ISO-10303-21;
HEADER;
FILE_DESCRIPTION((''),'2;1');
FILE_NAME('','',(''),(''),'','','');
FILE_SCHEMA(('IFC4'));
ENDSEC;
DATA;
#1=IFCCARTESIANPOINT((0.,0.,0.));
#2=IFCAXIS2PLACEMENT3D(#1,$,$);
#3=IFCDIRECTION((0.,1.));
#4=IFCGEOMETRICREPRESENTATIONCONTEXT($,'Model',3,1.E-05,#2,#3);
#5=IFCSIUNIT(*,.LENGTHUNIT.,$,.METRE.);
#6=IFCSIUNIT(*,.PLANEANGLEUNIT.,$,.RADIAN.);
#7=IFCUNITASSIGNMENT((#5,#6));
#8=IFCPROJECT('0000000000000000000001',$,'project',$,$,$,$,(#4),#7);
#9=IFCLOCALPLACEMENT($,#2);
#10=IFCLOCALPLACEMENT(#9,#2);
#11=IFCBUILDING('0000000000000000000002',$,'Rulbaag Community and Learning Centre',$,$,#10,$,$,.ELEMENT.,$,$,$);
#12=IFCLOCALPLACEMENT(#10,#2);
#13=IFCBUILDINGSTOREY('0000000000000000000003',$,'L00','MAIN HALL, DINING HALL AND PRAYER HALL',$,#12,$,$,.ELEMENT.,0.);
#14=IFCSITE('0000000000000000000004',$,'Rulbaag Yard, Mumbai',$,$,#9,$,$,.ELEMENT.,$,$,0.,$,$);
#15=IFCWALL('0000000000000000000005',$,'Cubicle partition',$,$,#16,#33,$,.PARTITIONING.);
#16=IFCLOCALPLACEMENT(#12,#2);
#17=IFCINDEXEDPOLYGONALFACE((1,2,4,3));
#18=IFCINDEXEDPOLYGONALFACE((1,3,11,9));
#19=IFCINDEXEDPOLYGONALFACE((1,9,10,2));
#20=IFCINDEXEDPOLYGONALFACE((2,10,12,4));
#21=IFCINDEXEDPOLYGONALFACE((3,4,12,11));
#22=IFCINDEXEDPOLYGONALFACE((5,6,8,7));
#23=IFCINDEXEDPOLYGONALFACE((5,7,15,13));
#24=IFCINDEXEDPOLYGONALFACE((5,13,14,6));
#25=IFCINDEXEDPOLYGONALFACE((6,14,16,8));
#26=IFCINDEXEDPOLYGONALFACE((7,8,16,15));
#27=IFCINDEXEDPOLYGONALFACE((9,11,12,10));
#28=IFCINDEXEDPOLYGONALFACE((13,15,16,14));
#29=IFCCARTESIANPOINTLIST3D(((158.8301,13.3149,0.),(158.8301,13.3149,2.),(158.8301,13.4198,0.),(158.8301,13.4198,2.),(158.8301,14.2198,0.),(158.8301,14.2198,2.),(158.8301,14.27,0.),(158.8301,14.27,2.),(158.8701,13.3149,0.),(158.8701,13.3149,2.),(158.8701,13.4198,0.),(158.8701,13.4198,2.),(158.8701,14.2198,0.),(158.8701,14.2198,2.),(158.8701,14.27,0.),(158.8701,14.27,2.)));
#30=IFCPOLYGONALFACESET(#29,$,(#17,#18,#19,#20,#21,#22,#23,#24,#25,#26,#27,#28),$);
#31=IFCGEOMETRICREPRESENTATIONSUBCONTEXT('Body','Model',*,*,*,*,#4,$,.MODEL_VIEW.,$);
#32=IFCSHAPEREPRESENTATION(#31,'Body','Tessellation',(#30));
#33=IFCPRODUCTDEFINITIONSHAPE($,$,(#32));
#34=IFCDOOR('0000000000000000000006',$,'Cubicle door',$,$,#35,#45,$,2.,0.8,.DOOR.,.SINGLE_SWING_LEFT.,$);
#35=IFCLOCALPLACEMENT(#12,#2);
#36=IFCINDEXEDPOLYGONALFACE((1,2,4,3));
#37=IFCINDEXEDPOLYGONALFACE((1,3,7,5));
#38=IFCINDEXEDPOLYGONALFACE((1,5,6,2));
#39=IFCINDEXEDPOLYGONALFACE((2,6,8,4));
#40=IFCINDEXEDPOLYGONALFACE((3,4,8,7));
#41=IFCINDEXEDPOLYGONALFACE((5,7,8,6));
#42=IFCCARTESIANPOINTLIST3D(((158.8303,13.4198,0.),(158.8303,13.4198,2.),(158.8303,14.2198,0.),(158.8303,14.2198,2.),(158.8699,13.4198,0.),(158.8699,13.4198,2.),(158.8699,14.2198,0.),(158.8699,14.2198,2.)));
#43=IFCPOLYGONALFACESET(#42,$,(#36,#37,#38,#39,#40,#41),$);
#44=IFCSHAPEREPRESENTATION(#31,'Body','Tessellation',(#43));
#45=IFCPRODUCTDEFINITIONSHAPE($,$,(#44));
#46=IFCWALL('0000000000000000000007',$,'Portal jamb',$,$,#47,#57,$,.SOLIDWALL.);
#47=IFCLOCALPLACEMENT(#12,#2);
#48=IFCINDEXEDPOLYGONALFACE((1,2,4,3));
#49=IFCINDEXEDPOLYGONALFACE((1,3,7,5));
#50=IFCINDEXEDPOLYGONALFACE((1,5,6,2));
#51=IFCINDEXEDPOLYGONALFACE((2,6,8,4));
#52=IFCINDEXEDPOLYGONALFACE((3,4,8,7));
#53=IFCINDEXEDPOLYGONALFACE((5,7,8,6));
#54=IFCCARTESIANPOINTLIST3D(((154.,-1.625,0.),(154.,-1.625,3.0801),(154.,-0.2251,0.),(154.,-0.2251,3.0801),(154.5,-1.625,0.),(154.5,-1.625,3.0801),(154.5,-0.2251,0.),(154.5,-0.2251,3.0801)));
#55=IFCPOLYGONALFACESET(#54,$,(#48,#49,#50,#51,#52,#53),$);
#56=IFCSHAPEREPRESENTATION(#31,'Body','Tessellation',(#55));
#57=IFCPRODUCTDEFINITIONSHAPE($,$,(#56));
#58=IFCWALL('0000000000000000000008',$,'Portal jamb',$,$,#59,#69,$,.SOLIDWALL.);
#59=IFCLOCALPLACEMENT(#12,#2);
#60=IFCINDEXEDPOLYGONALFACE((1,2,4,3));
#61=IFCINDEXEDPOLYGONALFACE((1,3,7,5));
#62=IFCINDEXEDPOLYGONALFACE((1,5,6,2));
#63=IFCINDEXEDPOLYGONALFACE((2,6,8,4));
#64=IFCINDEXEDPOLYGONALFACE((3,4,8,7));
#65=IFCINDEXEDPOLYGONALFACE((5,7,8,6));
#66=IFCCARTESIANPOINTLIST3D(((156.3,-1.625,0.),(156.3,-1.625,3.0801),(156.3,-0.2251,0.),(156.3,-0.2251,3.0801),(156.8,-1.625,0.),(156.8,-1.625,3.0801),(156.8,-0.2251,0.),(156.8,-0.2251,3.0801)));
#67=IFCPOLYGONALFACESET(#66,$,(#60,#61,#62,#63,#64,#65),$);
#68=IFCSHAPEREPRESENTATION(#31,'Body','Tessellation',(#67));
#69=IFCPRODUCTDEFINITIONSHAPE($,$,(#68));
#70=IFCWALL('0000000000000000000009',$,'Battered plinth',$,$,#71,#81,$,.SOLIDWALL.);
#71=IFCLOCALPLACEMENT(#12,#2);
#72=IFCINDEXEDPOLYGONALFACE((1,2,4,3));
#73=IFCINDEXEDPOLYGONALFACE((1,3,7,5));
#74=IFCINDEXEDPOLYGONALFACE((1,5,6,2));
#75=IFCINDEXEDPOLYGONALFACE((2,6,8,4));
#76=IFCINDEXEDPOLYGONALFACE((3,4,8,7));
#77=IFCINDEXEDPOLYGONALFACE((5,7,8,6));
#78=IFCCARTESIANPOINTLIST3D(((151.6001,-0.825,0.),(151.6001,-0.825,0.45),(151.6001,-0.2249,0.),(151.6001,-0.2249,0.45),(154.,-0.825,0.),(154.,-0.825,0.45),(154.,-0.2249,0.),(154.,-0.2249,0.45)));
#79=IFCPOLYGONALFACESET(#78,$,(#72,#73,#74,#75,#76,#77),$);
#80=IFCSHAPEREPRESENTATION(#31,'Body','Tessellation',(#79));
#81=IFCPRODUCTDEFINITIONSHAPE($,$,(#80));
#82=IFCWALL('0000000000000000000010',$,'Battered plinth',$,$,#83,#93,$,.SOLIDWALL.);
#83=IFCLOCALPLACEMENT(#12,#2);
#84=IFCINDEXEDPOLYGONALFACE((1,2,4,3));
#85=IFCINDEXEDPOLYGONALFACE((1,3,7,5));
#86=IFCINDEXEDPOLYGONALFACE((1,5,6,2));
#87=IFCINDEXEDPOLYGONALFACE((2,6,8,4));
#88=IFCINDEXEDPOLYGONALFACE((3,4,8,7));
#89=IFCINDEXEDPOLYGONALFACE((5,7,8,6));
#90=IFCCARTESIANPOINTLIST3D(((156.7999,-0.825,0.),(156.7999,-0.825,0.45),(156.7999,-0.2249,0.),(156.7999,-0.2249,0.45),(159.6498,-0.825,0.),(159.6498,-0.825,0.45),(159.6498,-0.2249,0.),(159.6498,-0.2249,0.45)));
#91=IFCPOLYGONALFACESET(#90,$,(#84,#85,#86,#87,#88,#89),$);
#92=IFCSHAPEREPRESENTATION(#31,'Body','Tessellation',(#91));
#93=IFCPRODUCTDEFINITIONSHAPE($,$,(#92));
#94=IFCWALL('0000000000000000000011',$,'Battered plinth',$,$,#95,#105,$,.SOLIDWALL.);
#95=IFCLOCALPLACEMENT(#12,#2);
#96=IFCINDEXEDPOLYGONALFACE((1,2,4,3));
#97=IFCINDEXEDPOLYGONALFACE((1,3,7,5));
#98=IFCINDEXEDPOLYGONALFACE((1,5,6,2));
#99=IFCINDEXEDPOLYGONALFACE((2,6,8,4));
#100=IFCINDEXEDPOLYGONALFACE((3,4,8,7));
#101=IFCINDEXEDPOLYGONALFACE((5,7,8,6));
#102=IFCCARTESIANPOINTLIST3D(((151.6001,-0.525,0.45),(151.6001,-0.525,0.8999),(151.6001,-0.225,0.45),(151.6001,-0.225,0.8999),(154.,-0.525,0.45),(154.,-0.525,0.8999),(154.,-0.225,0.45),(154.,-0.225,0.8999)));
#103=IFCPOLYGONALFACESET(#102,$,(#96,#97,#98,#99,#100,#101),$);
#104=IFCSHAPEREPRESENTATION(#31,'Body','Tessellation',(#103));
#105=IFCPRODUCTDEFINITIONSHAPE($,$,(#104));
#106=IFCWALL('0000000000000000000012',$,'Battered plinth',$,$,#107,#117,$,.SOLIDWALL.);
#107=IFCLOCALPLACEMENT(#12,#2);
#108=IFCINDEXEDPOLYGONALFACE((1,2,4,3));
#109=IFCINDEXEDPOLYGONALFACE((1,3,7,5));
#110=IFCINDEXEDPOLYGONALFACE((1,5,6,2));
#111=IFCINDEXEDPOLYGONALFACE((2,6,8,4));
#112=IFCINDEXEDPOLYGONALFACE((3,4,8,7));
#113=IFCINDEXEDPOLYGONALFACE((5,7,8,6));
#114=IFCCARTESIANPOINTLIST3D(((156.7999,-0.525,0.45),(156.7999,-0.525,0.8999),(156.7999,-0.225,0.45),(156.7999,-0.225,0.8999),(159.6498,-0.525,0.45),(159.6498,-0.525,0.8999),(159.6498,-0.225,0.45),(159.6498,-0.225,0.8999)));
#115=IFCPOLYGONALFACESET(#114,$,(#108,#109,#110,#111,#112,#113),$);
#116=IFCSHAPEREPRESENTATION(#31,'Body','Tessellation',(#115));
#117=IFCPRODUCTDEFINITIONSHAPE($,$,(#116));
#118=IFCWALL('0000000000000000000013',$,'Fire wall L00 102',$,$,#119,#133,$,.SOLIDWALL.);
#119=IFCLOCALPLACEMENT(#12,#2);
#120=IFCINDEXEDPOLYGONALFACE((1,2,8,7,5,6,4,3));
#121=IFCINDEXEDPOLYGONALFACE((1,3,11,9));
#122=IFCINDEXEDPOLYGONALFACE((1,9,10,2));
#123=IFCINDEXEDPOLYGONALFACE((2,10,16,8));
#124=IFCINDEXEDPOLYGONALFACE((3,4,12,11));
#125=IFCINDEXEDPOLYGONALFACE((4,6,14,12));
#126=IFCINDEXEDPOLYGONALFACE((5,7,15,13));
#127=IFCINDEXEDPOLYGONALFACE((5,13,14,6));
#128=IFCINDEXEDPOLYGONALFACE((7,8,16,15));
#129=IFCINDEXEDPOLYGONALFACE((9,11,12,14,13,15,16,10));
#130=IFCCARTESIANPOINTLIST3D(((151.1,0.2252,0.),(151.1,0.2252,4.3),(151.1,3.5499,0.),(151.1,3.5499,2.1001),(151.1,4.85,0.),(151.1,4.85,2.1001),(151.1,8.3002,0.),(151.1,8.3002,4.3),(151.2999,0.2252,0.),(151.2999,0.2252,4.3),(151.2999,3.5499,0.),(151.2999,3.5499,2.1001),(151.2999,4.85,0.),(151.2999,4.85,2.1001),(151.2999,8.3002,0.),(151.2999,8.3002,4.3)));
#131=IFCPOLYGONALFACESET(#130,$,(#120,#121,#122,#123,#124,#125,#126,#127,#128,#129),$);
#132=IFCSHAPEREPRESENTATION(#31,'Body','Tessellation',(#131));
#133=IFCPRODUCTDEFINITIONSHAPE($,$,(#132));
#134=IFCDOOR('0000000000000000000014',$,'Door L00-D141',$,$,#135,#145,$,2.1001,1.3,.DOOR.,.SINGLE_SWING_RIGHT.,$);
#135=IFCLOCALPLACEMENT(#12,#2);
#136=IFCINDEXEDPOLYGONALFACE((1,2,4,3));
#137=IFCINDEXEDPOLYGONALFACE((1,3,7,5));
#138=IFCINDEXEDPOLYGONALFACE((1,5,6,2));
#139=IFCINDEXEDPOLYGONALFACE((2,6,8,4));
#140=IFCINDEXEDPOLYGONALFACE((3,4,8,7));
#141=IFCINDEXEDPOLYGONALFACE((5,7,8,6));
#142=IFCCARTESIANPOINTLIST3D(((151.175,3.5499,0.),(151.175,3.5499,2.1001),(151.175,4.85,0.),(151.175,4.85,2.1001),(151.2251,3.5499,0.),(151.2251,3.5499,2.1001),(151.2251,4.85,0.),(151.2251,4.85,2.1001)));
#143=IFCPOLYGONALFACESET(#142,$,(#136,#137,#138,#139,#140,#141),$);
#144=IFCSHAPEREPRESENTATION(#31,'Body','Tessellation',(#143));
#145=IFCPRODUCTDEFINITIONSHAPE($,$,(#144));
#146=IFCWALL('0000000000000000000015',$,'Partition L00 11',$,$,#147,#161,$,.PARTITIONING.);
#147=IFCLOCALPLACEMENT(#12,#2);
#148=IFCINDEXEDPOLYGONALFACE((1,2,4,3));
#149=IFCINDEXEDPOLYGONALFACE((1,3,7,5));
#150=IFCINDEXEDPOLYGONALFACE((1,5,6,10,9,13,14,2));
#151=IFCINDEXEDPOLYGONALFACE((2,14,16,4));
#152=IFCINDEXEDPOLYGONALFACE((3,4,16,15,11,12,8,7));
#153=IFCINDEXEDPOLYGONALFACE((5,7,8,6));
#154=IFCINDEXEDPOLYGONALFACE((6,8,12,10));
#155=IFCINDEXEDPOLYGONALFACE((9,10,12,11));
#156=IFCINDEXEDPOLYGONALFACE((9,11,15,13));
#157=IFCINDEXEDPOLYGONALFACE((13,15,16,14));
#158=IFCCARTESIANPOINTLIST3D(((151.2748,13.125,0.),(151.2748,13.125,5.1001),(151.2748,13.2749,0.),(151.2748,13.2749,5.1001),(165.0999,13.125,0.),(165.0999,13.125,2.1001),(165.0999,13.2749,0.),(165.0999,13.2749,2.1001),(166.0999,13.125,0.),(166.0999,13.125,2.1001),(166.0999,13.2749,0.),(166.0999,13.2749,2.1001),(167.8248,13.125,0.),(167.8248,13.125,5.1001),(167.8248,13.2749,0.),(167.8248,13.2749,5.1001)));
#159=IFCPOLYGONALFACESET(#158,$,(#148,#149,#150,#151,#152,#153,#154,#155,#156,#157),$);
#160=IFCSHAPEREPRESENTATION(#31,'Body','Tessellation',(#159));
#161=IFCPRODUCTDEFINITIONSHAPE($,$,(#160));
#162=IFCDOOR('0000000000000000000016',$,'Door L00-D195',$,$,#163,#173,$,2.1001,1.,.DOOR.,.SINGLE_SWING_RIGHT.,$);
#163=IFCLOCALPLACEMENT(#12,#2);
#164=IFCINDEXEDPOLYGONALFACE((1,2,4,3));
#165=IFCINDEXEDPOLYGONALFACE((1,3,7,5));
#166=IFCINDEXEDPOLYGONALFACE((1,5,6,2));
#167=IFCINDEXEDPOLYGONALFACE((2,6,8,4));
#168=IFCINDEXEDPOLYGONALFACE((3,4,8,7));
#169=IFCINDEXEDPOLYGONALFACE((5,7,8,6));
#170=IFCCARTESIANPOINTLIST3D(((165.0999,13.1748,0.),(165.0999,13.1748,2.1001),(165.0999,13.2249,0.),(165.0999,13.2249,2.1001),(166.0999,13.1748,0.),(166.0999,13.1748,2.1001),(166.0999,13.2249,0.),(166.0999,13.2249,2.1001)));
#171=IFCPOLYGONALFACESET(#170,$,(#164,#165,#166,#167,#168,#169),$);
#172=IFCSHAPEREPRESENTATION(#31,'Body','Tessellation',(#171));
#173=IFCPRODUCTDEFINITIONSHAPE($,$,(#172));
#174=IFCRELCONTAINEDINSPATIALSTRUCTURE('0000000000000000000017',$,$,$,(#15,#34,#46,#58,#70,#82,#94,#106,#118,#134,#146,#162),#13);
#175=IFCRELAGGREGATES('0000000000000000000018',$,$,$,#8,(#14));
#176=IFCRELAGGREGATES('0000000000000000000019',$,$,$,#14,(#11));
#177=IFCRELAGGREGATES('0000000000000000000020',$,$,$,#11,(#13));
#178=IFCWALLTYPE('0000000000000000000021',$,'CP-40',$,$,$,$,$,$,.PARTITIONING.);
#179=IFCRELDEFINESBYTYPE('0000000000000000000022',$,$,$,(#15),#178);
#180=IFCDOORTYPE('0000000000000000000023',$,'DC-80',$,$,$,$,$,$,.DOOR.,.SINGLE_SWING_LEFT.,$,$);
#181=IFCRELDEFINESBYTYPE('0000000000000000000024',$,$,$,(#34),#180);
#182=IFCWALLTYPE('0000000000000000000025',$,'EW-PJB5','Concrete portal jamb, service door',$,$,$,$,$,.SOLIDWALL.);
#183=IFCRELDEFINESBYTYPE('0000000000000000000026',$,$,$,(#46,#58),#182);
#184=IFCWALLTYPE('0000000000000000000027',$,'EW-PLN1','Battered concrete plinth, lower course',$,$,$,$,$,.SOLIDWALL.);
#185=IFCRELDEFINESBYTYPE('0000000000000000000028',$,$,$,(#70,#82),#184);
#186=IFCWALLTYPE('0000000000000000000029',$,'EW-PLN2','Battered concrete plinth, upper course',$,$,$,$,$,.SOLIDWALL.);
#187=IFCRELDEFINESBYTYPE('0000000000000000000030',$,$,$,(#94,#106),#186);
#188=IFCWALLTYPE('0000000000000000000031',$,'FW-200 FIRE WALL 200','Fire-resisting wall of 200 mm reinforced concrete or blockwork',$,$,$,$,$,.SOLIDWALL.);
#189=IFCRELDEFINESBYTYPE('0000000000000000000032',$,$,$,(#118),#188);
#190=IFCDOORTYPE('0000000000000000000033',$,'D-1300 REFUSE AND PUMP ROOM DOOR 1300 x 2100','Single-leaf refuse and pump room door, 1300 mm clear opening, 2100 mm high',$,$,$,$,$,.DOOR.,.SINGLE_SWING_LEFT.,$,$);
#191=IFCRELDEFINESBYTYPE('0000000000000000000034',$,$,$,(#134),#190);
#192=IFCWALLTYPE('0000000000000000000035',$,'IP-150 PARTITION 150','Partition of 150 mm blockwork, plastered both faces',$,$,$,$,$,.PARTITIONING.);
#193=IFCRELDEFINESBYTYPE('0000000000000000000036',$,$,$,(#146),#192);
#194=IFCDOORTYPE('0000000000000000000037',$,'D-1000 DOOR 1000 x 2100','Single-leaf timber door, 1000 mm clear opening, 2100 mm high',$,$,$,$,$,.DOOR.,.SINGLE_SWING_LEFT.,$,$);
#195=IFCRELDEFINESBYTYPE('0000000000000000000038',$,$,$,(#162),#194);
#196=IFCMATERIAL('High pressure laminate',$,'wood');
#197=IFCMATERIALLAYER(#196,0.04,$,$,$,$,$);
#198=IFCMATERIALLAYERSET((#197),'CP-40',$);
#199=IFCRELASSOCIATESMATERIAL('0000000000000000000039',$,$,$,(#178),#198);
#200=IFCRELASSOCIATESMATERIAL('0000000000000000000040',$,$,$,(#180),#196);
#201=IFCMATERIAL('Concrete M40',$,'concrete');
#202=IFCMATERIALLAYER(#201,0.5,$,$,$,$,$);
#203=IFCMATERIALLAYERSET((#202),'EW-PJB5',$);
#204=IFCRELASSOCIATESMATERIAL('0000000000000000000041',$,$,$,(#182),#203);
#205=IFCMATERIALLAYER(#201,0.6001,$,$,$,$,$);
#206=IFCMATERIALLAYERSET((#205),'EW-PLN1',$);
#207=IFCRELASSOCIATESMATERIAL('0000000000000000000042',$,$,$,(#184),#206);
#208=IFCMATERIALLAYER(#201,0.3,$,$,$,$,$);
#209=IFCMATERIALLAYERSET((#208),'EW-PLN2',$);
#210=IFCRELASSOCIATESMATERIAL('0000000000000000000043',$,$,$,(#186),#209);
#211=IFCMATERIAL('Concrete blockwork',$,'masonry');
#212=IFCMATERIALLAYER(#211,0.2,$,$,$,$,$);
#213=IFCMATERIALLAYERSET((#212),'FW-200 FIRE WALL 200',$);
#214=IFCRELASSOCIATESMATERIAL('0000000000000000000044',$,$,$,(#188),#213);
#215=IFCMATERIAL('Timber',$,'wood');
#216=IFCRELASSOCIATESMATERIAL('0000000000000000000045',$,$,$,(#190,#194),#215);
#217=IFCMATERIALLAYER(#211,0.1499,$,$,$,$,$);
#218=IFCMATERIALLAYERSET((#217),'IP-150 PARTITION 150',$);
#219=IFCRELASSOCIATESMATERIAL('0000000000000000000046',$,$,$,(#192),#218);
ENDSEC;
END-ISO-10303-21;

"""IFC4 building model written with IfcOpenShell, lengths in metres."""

from ifc_helpers import new_model, si_unit, direction, frame, frame_2d, origin, place, context, subcontext, project, spatial, rectangle, extrude, material, layer, layer_set, type_object, element, fill, save


model = new_model("IFC4")

# Units and contexts
model_context = context("Model", 3, precision=1e-05, world=origin(), true_north=direction((0.0, 1.0)))
body_context = subcontext(model_context, "Body", "Model", "MODEL_VIEW")
ifc_project = project(units=[si_unit("LENGTHUNIT", "METRE"), si_unit("PLANEANGLEUNIT", "RADIAN")], contexts=[model_context])

# Site, building, storey
site_placement = place(None, origin())
site = spatial("IfcSite", under=ifc_project, at=site_placement, Name="Rulbaag Yard, Mumbai", CompositionType="ELEMENT", RefElevation=0.0)
building_placement = place(site_placement, origin())
building = spatial("IfcBuilding", under=site, at=building_placement, Name="Rulbaag Community and Learning Centre", CompositionType="ELEMENT")
storey_placement = place(building_placement, origin())
storey = spatial("IfcBuildingStorey", under=building, at=storey_placement, Name="L00", Description="MAIN HALL, DINING HALL AND PRAYER HALL", CompositionType="ELEMENT", Elevation=0.0)

# Shared definitions
ifc_material_1 = material(Name="Concrete M40", Category="concrete")

# Shared definitions
ifc_material_2 = material(Name="High pressure laminate", Category="wood")
ifc_layer_1 = layer(ifc_material_2, 0.04)
ifc_layer_set_1 = layer_set([ifc_layer_1], Name="CP-40")
wall_type_1 = type_object("IfcWallType", Name="CP-40", PredefinedType="PARTITIONING", material=ifc_layer_set_1)

# Shared definitions
door_type_1 = type_object("IfcDoorType", Name="DC-80", OperationType="SINGLE_SWING_LEFT", PredefinedType="DOOR", material=ifc_material_2)

# Wall, opening, door
wall_1_placement = place(storey_placement, frame((158.8501, 13.3149, 0.0), z_axis=(0.0, 0.0, 1.0), x_axis=(0.0, 1.0, 0.0)))
wall_1 = element("IfcWall", 1, at=wall_1_placement, inside=storey, type_object=wall_type_1, Name="Cubicle partition", PredefinedType="PARTITIONING", context=body_context, shape_type="SweptSolid", body=[
    extrude(rectangle(XDim=0.9551, YDim=0.04, at=frame_2d((0.4775, 0.0))), origin(), (0.0, 0.0, 1.0), 2.0),
])
opening_1_placement = place(wall_1_placement, frame((0.105, 0.0, 0.0)))
opening_1 = element("IfcOpeningElement", 2, at=opening_1_placement, cuts=wall_1, PredefinedType="OPENING", context=body_context, shape_type="SweptSolid", body=[
    extrude(rectangle(XDim=0.8, YDim=2.0, at=frame_2d((0.3999, 1.0))), frame((0.0, 0.03, 0.0), z_axis=(0.0, -1.0, 0.0), x_axis=(1.0, 0.0, 0.0)), (0.0, 0.0, 1.0), 0.0601),
])
door_1_placement = place(opening_1_placement, origin())
door_1 = element("IfcDoor", 3, at=door_1_placement, inside=storey, type_object=door_type_1, Name="Cubicle door", OperationType="SINGLE_SWING_LEFT", OverallHeight=2.0, OverallWidth=0.8, PredefinedType="DOOR", context=body_context, shape_type="SweptSolid", body=[
    extrude(rectangle(XDim=0.8, YDim=2.0, at=frame_2d((0.3999, 1.0))), frame((0.0, 0.0198, 0.0), z_axis=(0.0, -1.0, 0.0), x_axis=(1.0, 0.0, 0.0)), (0.0, 0.0, 1.0), 0.0396),
])
fill(opening_1, door_1)

# Walls
ifc_layer_2 = layer(ifc_material_1, 0.5)
ifc_layer_set_2 = layer_set([ifc_layer_2], Name="EW-PJB5")
wall_type_2 = type_object("IfcWallType", Name="EW-PJB5", Description="Concrete portal jamb, service door", PredefinedType="SOLIDWALL", material=ifc_layer_set_2)
for number, where, z_axis, x_axis, name in (
    (4, (154.25, -0.2251, 0.0), (0.0, 0.0, 1.0), (0.0, -1.0, 0.0), "Portal jamb"),
    (5, (156.55, -0.2251, 0.0), (0.0, 0.0, 1.0), (0.0, -1.0, 0.0), "Portal jamb"),
):
    element("IfcWall", number, at=place(storey_placement, frame(where, z_axis=z_axis, x_axis=x_axis)), inside=storey, type_object=wall_type_2, Name=name, PredefinedType="SOLIDWALL", context=body_context, shape_type="SweptSolid", body=[
        extrude(rectangle(XDim=1.3999, YDim=0.5, at=frame_2d((0.7, 0.0))), origin(), (0.0, 0.0, 1.0), 3.0801),
    ])
ifc_layer_3 = layer(ifc_material_1, 0.6001)
ifc_layer_set_3 = layer_set([ifc_layer_3], Name="EW-PLN1")
wall_type_3 = type_object("IfcWallType", Name="EW-PLN1", Description="Battered concrete plinth, lower course", PredefinedType="SOLIDWALL", material=ifc_layer_set_3)
wall_2_placement = place(storey_placement, frame((151.6001, -0.5249, 0.0), z_axis=(0.0, 0.0, 1.0), x_axis=(1.0, 0.0, 0.0)))
element("IfcWall", 6, at=wall_2_placement, inside=storey, type_object=wall_type_3, Name="Battered plinth", PredefinedType="SOLIDWALL", context=body_context, shape_type="SweptSolid", body=[
    extrude(rectangle(XDim=2.3999, YDim=0.6001, at=frame_2d((1.2, 0.0))), origin(), (0.0, 0.0, 1.0), 0.45),
])
wall_3_placement = place(storey_placement, frame((156.8, -0.5249, 0.0), z_axis=(0.0, 0.0, 1.0), x_axis=(1.0, 0.0, 0.0)))
element("IfcWall", 7, at=wall_3_placement, inside=storey, type_object=wall_type_3, Name="Battered plinth", PredefinedType="SOLIDWALL", context=body_context, shape_type="SweptSolid", body=[
    extrude(rectangle(XDim=2.8499, YDim=0.6001, at=frame_2d((1.4248, 0.0))), origin(), (0.0, 0.0, 1.0), 0.45),
])
ifc_layer_4 = layer(ifc_material_1, 0.3)
ifc_layer_set_4 = layer_set([ifc_layer_4], Name="EW-PLN2")
wall_type_4 = type_object("IfcWallType", Name="EW-PLN2", Description="Battered concrete plinth, upper course", PredefinedType="SOLIDWALL", material=ifc_layer_set_4)
wall_4_placement = place(storey_placement, frame((151.6001, -0.375, 0.45), z_axis=(0.0, 0.0, 1.0), x_axis=(1.0, 0.0, 0.0)))
element("IfcWall", 8, at=wall_4_placement, inside=storey, type_object=wall_type_4, Name="Battered plinth", PredefinedType="SOLIDWALL", context=body_context, shape_type="SweptSolid", body=[
    extrude(rectangle(XDim=2.3999, YDim=0.3, at=frame_2d((1.2, 0.0))), origin(), (0.0, 0.0, 1.0), 0.45),
])
wall_5_placement = place(storey_placement, frame((156.8, -0.375, 0.45), z_axis=(0.0, 0.0, 1.0), x_axis=(1.0, 0.0, 0.0)))
element("IfcWall", 9, at=wall_5_placement, inside=storey, type_object=wall_type_4, Name="Battered plinth", PredefinedType="SOLIDWALL", context=body_context, shape_type="SweptSolid", body=[
    extrude(rectangle(XDim=2.8499, YDim=0.3, at=frame_2d((1.4248, 0.0))), origin(), (0.0, 0.0, 1.0), 0.45),
])

# Walls, openings, doors
ifc_material_3 = material(Name="Concrete blockwork", Category="masonry")
ifc_layer_5 = layer(ifc_material_3, 0.2)
ifc_layer_set_5 = layer_set([ifc_layer_5], Name="FW-200 FIRE WALL 200")
wall_type_5 = type_object("IfcWallType", Name="FW-200 FIRE WALL 200", Description="Fire-resisting wall of 200 mm reinforced concrete or blockwork", PredefinedType="SOLIDWALL", material=ifc_layer_set_5)
wall_6_placement = place(storey_placement, frame((151.2, 0.2251, 0.0), z_axis=(0.0, 0.0, 1.0), x_axis=(0.0, 1.0, 0.0)))
wall_6 = element("IfcWall", 10, at=wall_6_placement, inside=storey, type_object=wall_type_5, Name="Fire wall L00 102", PredefinedType="SOLIDWALL", context=body_context, shape_type="SweptSolid", body=[
    extrude(rectangle(XDim=8.075, YDim=0.2, at=frame_2d((4.0376, 0.0))), origin(), (0.0, 0.0, 1.0), 4.3),
])
opening_2_placement = place(wall_6_placement, frame((3.325, 0.0, 0.0)))
opening_2 = element("IfcOpeningElement", 11, at=opening_2_placement, cuts=wall_6, PredefinedType="OPENING", context=body_context, shape_type="SweptSolid", body=[
    extrude(rectangle(XDim=1.3, YDim=2.1001, at=frame_2d((0.6499, 1.05))), frame((0.0, 0.1099, 0.0), z_axis=(0.0, -1.0, 0.0), x_axis=(1.0, 0.0, 0.0)), (0.0, 0.0, 1.0), 0.22),
])
ifc_material_4 = material(Name="Timber", Category="wood")
door_type_2 = type_object("IfcDoorType", Name="D-1300 REFUSE AND PUMP ROOM DOOR 1300 x 2100", Description="Single-leaf refuse and pump room door, 1300 mm clear opening, 2100 mm high", OperationType="SINGLE_SWING_LEFT", PredefinedType="DOOR", material=ifc_material_4)
door_2_placement = place(opening_2_placement, origin())
door_2 = element("IfcDoor", 12, at=door_2_placement, inside=storey, type_object=door_type_2, Name="Door L00-D141", OperationType="SINGLE_SWING_RIGHT", OverallHeight=2.1001, OverallWidth=1.3, PredefinedType="DOOR", context=body_context, shape_type="SweptSolid", body=[
    extrude(rectangle(XDim=1.3, YDim=2.1001, at=frame_2d((0.6499, 1.05))), frame((0.0, 0.0249, 0.0), z_axis=(0.0, -1.0, 0.0), x_axis=(1.0, 0.0, 0.0)), (0.0, 0.0, 1.0), 0.05),
])
fill(opening_2, door_2)
ifc_layer_6 = layer(ifc_material_3, 0.1499)
ifc_layer_set_6 = layer_set([ifc_layer_6], Name="IP-150 PARTITION 150")
wall_type_6 = type_object("IfcWallType", Name="IP-150 PARTITION 150", Description="Partition of 150 mm blockwork, plastered both faces", PredefinedType="PARTITIONING", material=ifc_layer_set_6)
wall_7_placement = place(storey_placement, frame((151.2749, 13.2, 0.0), z_axis=(0.0, 0.0, 1.0), x_axis=(1.0, 0.0, 0.0)))
wall_7 = element("IfcWall", 13, at=wall_7_placement, inside=storey, type_object=wall_type_6, Name="Partition L00 11", PredefinedType="PARTITIONING", context=body_context, shape_type="SweptSolid", body=[
    extrude(rectangle(XDim=16.55, YDim=0.1499, at=frame_2d((8.2749, 0.0))), origin(), (0.0, 0.0, 1.0), 5.1001),
])
opening_3_placement = place(wall_7_placement, frame((13.825, 0.0, 0.0)))
opening_3 = element("IfcOpeningElement", 14, at=opening_3_placement, cuts=wall_7, PredefinedType="OPENING", context=body_context, shape_type="SweptSolid", body=[
    extrude(rectangle(XDim=1.0, YDim=2.1001, at=frame_2d((0.5, 1.05))), frame((0.0, 0.085, 0.0), z_axis=(0.0, -1.0, 0.0), x_axis=(1.0, 0.0, 0.0)), (0.0, 0.0, 1.0), 0.1699),
])
door_type_3 = type_object("IfcDoorType", Name="D-1000 DOOR 1000 x 2100", Description="Single-leaf timber door, 1000 mm clear opening, 2100 mm high", OperationType="SINGLE_SWING_LEFT", PredefinedType="DOOR", material=ifc_material_4)
door_3_placement = place(opening_3_placement, origin())
door_3 = element("IfcDoor", 15, at=door_3_placement, inside=storey, type_object=door_type_3, Name="Door L00-D195", OperationType="SINGLE_SWING_RIGHT", OverallHeight=2.1001, OverallWidth=1.0, PredefinedType="DOOR", context=body_context, shape_type="SweptSolid", body=[
    extrude(rectangle(XDim=1.0, YDim=2.1001, at=frame_2d((0.5, 1.05))), frame((0.0, 0.0249, 0.0), z_axis=(0.0, -1.0, 0.0), x_axis=(1.0, 0.0, 0.0)), (0.0, 0.0, 1.0), 0.05),
])
fill(opening_3, door_3)

save(model, "model.ifc")
